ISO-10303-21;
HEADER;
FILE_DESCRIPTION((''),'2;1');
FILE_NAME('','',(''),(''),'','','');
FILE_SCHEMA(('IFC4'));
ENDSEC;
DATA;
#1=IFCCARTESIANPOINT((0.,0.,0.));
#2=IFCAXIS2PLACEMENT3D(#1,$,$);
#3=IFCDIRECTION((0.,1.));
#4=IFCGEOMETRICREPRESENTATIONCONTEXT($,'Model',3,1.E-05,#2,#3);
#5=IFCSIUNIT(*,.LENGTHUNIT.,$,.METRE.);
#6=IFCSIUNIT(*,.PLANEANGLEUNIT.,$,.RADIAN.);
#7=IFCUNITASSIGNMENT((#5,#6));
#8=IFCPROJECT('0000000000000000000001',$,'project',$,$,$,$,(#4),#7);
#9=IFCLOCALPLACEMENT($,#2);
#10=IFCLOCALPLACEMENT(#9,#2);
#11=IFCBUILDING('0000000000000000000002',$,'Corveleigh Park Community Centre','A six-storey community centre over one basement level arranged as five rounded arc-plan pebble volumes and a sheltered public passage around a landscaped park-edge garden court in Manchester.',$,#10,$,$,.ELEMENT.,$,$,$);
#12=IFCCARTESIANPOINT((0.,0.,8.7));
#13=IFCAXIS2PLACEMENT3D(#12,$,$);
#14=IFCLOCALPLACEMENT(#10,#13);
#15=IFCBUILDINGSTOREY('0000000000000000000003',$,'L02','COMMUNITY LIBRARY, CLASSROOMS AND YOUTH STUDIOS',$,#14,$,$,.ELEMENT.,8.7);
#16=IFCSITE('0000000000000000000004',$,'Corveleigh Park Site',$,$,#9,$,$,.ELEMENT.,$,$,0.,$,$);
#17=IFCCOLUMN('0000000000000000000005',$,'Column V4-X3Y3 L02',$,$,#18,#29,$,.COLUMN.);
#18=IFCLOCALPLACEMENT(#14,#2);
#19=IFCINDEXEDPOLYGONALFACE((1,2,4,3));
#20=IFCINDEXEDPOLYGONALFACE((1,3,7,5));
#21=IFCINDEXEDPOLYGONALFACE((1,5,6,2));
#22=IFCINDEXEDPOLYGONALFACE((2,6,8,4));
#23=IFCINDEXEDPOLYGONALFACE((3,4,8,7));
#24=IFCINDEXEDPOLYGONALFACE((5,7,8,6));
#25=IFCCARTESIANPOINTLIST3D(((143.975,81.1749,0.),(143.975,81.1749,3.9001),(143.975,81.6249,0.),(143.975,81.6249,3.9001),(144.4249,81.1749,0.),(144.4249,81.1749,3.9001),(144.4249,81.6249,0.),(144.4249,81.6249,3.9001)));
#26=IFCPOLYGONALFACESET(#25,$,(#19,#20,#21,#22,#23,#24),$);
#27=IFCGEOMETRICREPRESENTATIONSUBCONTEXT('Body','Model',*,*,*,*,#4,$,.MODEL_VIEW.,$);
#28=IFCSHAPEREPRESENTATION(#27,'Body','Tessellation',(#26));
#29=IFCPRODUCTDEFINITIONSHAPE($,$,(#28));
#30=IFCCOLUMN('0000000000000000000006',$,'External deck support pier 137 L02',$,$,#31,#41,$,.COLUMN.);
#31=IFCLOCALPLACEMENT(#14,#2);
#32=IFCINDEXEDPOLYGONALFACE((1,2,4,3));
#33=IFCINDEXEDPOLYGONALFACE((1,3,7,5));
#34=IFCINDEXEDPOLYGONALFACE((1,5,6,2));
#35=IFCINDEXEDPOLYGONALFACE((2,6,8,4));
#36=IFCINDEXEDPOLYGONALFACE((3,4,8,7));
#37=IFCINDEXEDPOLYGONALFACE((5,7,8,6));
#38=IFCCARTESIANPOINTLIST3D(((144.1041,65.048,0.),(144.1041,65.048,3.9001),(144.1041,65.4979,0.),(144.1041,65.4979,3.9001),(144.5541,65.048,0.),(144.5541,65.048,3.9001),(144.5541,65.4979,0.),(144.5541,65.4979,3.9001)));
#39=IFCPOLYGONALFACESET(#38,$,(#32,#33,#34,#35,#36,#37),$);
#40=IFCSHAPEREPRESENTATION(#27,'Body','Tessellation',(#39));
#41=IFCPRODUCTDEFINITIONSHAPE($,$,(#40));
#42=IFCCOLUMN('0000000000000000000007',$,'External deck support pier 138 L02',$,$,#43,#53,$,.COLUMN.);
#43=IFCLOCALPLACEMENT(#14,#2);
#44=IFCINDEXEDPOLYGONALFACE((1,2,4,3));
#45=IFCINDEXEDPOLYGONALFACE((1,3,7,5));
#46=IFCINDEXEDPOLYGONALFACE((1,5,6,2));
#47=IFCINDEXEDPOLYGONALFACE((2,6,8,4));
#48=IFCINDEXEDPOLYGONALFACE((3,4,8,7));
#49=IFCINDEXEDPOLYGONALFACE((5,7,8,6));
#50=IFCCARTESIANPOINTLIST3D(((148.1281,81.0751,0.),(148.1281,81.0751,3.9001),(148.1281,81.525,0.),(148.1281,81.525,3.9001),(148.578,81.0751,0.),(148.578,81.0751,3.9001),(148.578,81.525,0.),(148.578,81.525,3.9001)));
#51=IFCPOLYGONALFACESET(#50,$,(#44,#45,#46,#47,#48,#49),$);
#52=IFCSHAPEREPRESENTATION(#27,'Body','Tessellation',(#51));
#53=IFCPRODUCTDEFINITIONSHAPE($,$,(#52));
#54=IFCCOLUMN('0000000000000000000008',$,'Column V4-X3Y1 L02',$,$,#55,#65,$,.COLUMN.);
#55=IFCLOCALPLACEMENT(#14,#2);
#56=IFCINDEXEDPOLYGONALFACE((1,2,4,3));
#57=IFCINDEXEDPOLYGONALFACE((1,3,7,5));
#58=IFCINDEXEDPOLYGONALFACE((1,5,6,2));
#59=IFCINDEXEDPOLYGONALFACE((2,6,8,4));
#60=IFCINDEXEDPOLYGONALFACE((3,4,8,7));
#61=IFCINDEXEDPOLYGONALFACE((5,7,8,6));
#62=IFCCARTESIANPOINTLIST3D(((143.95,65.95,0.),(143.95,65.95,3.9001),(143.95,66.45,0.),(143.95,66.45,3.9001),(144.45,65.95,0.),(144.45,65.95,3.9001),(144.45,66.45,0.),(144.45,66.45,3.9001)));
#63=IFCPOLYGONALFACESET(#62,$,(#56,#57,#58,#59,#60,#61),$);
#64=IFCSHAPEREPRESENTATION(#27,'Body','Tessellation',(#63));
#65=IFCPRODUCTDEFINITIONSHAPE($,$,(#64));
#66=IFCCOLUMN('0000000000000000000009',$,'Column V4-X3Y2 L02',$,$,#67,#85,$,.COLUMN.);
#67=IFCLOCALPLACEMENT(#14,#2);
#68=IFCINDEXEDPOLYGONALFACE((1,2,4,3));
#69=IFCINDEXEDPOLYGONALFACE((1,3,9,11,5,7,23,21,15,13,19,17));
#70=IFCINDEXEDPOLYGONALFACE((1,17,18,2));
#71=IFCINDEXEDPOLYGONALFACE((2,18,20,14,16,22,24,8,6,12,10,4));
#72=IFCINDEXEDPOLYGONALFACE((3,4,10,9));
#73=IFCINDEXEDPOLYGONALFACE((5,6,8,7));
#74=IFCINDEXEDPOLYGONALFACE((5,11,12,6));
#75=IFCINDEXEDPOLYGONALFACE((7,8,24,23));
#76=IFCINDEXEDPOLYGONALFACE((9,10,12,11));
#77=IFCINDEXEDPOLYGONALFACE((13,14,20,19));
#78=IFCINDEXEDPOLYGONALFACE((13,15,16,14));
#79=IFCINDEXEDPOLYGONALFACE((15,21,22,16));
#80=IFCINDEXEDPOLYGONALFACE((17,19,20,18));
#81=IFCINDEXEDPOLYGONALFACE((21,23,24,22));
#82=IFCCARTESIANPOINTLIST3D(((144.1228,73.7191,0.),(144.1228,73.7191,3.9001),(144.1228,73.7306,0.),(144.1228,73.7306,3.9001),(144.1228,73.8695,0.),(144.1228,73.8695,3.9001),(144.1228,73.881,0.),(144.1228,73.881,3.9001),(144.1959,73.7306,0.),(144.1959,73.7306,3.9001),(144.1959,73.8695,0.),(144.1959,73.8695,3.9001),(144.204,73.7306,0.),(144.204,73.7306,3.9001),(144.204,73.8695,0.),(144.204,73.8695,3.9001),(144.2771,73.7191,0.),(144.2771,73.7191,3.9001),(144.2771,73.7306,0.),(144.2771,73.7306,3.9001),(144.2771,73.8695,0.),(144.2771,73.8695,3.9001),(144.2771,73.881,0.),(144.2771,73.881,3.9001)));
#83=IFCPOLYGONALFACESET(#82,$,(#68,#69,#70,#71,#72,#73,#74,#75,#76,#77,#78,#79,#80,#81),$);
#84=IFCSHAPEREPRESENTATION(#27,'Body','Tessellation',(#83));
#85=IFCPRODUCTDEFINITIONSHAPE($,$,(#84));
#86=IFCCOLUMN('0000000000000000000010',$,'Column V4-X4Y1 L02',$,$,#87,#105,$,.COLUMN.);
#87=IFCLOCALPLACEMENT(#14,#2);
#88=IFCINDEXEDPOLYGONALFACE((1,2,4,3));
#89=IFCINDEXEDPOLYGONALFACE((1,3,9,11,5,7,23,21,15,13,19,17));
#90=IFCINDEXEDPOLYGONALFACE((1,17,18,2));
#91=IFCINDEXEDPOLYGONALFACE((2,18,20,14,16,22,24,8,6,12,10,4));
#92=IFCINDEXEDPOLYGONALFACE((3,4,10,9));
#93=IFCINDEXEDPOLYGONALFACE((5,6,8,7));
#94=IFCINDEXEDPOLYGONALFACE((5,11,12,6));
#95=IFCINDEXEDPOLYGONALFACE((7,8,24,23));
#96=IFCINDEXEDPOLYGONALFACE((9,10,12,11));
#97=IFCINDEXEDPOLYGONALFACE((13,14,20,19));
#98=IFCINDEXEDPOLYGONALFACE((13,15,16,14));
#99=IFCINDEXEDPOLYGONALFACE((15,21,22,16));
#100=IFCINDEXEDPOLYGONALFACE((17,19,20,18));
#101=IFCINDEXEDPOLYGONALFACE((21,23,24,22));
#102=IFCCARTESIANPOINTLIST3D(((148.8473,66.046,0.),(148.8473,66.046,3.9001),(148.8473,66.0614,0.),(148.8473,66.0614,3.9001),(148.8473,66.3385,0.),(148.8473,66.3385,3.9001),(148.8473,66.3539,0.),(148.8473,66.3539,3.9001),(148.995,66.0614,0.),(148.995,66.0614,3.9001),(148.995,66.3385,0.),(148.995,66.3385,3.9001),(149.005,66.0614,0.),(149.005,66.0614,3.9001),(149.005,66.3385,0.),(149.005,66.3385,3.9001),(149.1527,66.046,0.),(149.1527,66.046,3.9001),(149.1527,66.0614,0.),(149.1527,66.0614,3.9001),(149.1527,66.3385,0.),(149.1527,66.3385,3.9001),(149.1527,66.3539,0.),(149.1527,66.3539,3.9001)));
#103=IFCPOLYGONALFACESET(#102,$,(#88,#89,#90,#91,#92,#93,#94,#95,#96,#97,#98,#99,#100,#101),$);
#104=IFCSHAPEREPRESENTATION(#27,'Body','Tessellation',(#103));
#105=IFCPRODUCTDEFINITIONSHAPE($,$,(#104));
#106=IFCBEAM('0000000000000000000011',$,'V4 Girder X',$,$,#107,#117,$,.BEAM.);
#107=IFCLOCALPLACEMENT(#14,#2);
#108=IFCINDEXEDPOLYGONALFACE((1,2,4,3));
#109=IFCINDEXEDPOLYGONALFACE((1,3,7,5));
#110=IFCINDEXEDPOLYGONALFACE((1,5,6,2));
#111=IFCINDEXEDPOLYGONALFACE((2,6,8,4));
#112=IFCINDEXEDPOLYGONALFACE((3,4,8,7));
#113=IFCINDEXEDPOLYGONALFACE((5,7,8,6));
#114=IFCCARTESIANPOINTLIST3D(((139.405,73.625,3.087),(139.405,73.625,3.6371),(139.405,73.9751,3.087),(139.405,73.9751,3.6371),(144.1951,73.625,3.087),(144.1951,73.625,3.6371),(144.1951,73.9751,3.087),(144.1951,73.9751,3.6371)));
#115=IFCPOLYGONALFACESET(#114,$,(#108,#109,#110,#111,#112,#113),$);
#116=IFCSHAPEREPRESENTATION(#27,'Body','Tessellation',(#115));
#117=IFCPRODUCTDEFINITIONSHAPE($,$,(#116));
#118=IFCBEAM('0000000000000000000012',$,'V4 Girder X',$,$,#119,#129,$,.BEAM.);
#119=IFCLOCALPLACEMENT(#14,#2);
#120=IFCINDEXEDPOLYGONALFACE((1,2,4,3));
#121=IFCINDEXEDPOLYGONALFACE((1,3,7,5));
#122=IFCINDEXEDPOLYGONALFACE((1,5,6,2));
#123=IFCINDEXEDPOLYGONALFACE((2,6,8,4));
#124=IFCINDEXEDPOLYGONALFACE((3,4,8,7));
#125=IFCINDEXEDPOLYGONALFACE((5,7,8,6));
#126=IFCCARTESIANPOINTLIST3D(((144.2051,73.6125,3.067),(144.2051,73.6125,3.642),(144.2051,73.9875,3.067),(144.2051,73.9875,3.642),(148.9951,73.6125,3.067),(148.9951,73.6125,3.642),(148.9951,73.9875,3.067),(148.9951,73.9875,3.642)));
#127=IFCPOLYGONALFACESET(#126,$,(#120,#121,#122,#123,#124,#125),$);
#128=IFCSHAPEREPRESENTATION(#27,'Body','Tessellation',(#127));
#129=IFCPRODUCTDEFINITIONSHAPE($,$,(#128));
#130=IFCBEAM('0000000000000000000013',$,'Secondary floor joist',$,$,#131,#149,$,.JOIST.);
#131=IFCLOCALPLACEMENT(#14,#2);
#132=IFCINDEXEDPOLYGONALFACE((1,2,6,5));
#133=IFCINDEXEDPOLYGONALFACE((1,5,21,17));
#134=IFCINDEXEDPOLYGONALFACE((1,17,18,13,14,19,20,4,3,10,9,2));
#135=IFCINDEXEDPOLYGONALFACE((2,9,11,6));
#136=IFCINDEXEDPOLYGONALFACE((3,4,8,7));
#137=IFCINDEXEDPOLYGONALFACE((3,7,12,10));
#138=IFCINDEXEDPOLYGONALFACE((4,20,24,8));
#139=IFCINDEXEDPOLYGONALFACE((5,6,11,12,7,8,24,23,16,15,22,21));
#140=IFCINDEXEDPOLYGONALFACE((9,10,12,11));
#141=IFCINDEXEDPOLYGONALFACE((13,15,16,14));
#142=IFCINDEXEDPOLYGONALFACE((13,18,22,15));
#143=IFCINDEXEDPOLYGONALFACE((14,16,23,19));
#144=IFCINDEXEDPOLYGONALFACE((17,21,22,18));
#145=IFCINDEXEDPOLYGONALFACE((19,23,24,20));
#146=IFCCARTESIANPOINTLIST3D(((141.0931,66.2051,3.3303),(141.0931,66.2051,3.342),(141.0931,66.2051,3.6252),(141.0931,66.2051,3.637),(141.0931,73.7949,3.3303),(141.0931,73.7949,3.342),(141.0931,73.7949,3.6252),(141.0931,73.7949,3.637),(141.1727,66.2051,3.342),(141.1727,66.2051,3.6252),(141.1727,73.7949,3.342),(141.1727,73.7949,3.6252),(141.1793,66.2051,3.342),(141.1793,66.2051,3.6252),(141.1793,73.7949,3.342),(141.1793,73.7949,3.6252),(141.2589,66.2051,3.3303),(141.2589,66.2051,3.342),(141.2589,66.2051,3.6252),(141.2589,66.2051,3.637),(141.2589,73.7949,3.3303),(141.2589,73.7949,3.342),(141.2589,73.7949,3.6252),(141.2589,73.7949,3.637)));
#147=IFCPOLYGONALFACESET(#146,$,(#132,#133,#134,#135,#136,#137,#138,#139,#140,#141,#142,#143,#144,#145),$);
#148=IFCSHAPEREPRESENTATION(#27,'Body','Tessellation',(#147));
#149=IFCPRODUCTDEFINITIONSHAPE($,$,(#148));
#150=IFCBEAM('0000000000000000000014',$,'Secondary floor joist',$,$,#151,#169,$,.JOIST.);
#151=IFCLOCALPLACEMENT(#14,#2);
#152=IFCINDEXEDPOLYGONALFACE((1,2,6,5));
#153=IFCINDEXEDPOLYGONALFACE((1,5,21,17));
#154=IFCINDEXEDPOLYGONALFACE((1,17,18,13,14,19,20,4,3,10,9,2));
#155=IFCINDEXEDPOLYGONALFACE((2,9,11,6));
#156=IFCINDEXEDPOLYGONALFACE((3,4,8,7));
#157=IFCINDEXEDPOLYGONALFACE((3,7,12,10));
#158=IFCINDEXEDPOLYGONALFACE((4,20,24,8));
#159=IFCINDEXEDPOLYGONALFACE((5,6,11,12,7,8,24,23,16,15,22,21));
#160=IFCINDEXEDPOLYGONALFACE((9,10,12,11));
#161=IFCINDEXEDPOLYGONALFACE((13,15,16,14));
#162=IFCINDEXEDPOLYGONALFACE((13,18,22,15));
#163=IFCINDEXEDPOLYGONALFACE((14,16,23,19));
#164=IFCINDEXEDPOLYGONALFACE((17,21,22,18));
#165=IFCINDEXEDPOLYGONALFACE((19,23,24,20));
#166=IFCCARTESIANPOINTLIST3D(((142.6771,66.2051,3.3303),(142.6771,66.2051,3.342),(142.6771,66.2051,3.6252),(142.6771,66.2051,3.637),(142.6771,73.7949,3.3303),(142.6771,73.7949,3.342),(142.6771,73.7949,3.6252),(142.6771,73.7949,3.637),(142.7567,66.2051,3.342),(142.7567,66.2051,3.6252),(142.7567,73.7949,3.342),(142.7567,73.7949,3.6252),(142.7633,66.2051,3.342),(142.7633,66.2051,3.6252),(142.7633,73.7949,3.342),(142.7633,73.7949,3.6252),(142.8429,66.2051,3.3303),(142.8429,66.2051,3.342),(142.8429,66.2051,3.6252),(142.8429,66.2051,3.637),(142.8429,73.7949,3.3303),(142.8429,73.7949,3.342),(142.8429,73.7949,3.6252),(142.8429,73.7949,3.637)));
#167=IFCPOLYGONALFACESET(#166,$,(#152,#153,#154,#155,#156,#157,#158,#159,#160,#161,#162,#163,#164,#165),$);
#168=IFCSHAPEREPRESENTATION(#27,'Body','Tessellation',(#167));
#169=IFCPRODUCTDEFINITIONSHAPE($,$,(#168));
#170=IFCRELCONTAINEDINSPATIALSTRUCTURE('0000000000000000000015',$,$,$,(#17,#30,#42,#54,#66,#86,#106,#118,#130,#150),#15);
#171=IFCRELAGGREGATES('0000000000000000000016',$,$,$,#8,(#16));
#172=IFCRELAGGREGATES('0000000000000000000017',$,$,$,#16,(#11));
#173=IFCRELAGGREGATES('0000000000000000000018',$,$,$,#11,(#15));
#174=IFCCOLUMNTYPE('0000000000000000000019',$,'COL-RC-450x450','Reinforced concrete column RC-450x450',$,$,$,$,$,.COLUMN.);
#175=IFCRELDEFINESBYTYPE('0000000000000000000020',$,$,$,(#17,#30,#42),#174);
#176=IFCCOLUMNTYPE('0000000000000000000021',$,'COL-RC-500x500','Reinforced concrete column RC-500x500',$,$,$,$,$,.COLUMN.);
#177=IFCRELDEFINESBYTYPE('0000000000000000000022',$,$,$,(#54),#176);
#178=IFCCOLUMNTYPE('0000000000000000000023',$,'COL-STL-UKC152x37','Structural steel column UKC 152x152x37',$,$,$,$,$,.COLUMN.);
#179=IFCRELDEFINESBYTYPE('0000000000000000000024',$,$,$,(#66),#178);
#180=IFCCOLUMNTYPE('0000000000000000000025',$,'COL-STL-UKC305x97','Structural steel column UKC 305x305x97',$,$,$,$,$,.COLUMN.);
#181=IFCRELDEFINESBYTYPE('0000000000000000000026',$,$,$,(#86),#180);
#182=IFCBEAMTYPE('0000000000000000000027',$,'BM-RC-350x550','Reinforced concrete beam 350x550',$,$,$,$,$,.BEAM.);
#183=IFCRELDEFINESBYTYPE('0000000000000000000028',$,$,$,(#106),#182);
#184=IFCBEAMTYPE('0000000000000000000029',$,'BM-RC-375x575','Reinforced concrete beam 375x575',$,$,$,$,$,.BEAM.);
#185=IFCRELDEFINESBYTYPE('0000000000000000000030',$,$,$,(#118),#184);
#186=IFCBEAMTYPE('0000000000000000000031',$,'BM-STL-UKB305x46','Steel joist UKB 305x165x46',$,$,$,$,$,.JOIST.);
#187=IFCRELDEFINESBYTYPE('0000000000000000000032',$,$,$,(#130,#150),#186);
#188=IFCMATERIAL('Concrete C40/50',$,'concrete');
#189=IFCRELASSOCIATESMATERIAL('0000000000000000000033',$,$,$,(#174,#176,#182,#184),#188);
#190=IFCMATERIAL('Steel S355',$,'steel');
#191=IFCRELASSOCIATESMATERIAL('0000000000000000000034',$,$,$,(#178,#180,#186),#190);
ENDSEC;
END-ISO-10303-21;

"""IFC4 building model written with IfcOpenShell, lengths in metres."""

from ifc_helpers import new_model, si_unit, direction, frame, origin, origin_2d, place, context, subcontext, project, spatial, rectangle, i_section, extrude, material, material_profile, profile_set, type_object, element, save


model = new_model("IFC4")

# Units and contexts
model_context = context("Model", 3, precision=1e-05, world=origin(), true_north=direction((0.0, 1.0)))
body_context = subcontext(model_context, "Body", "Model", "MODEL_VIEW")
ifc_project = project(units=[si_unit("LENGTHUNIT", "METRE"), si_unit("PLANEANGLEUNIT", "RADIAN")], contexts=[model_context])

# Site, building, storey
site_placement = place(None, origin())
site = spatial("IfcSite", under=ifc_project, at=site_placement, Name="Corveleigh Park Site", CompositionType="ELEMENT", RefElevation=0.0)
building_placement = place(site_placement, origin())
building = spatial("IfcBuilding", under=site, at=building_placement, Name="Corveleigh Park Community Centre", Description="A six-storey community centre over one basement level arranged as five rounded arc-plan pebble volumes and a sheltered public passage around a landscaped park-edge garden court in Manchester.", CompositionType="ELEMENT")
storey_placement = place(building_placement, frame((0.0, 0.0, 8.7)))
storey = spatial("IfcBuildingStorey", under=building, at=storey_placement, Name="L02", Description="COMMUNITY LIBRARY, CLASSROOMS AND YOUTH STUDIOS", CompositionType="ELEMENT", Elevation=8.7)

# Columns
ifc_material_1 = material(Name="Concrete C40/50", Category="concrete")
ifc_material_profile_1 = material_profile(ifc_material_1, rectangle(XDim=0.45, YDim=0.45, at=origin_2d()), Name="RC-450x450", Category="concrete")
ifc_profile_set_1 = profile_set([ifc_material_profile_1], Name="Concrete C40/50")
column_type_1 = type_object("IfcColumnType", Name="COL-RC-450x450", Description="Reinforced concrete column RC-450x450", PredefinedType="COLUMN", material=ifc_profile_set_1)
for number, where, z_axis, x_axis, name in (
    (1, (144.2, 81.3999, 0.0), (0.0, 0.0, 1.0), (1.0, 0.0, 0.0), "Column V4-X3Y3 L02"),
    (2, (144.3291, 65.2729, 0.0), (0.0, 0.0, 1.0), (1.0, 0.0, 0.0), "External deck support pier 137 L02"),
    (3, (148.353, 81.3, 0.0), (0.0, 0.0, 1.0), (1.0, 0.0, 0.0), "External deck support pier 138 L02"),
):
    element("IfcColumn", number, at=place(storey_placement, frame(where, z_axis=z_axis, x_axis=x_axis)), inside=storey, type_object=column_type_1, Name=name, PredefinedType="COLUMN", context=body_context, shape_type="SweptSolid", body=[
        extrude(rectangle(XDim=0.45, YDim=0.45, at=origin_2d()), origin(), (0.0, 0.0, 1.0), 3.9001),
    ])
ifc_material_profile_2 = material_profile(ifc_material_1, rectangle(XDim=0.5, YDim=0.5, at=origin_2d()), Name="RC-500x500", Category="concrete")
ifc_profile_set_2 = profile_set([ifc_material_profile_2], Name="Concrete C40/50")
column_type_2 = type_object("IfcColumnType", Name="COL-RC-500x500", Description="Reinforced concrete column RC-500x500", PredefinedType="COLUMN", material=ifc_profile_set_2)
column_1_placement = place(storey_placement, frame((144.2, 66.2, 0.0), z_axis=(0.0, 0.0, 1.0), x_axis=(1.0, 0.0, 0.0)))
element("IfcColumn", 4, at=column_1_placement, inside=storey, type_object=column_type_2, Name="Column V4-X3Y1 L02", PredefinedType="COLUMN", context=body_context, shape_type="SweptSolid", body=[
    extrude(rectangle(XDim=0.5, YDim=0.5, at=origin_2d()), origin(), (0.0, 0.0, 1.0), 3.9001),
])
ifc_material_2 = material(Name="Steel S355", Category="steel")
ifc_material_profile_3 = material_profile(ifc_material_2, i_section(OverallWidth=0.1543, OverallDepth=0.1619, WebThickness=0.0081, FlangeThickness=0.0115, at=origin_2d()), Name="UKC 152x152x37", Category="steel")
ifc_profile_set_3 = profile_set([ifc_material_profile_3], Name="Steel S355")
column_type_3 = type_object("IfcColumnType", Name="COL-STL-UKC152x37", Description="Structural steel column UKC 152x152x37", PredefinedType="COLUMN", material=ifc_profile_set_3)
column_2_placement = place(storey_placement, frame((144.2, 73.8, 0.0), z_axis=(0.0, 0.0, 1.0), x_axis=(1.0, 0.0, 0.0)))
element("IfcColumn", 5, at=column_2_placement, inside=storey, type_object=column_type_3, Name="Column V4-X3Y2 L02", PredefinedType="COLUMN", context=body_context, shape_type="SweptSolid", body=[
    extrude(i_section(OverallWidth=0.1543, OverallDepth=0.1619, WebThickness=0.0081, FlangeThickness=0.0115, at=origin_2d()), origin(), (0.0, 0.0, 1.0), 3.9001),
])
ifc_material_profile_4 = material_profile(ifc_material_2, i_section(OverallWidth=0.3054, OverallDepth=0.3079, WebThickness=0.01, FlangeThickness=0.0154, at=origin_2d()), Name="UKC 305x305x97", Category="steel")
ifc_profile_set_4 = profile_set([ifc_material_profile_4], Name="Steel S355")
column_type_4 = type_object("IfcColumnType", Name="COL-STL-UKC305x97", Description="Structural steel column UKC 305x305x97", PredefinedType="COLUMN", material=ifc_profile_set_4)
column_3_placement = place(storey_placement, frame((149.0, 66.2, 0.0), z_axis=(0.0, 0.0, 1.0), x_axis=(1.0, 0.0, 0.0)))
element("IfcColumn", 6, at=column_3_placement, inside=storey, type_object=column_type_4, Name="Column V4-X4Y1 L02", PredefinedType="COLUMN", context=body_context, shape_type="SweptSolid", body=[
    extrude(i_section(OverallWidth=0.3054, OverallDepth=0.3079, WebThickness=0.01, FlangeThickness=0.0154, at=origin_2d()), origin(), (0.0, 0.0, 1.0), 3.9001),
])

# Beams
ifc_material_profile_5 = material_profile(ifc_material_1, rectangle(XDim=0.3501, YDim=0.55, at=origin_2d()), Name="RC-350x550", Category="concrete")
ifc_profile_set_5 = profile_set([ifc_material_profile_5], Name="Concrete C40/50")
beam_type_1 = type_object("IfcBeamType", Name="BM-RC-350x550", Description="Reinforced concrete beam 350x550", PredefinedType="BEAM", material=ifc_profile_set_5)
beam_1_placement = place(storey_placement, frame((139.405, 73.8, 3.3621), z_axis=(1.0, 0.0, 0.0), x_axis=(0.0, 1.0, 0.0)))
element("IfcBeam", 7, at=beam_1_placement, inside=storey, type_object=beam_type_1, Name="V4 Girder X", PredefinedType="BEAM", context=body_context, shape_type="SweptSolid", body=[
    extrude(rectangle(XDim=0.3501, YDim=0.55, at=origin_2d()), origin(), (0.0, 0.0, 1.0), 4.79),
])
ifc_material_profile_6 = material_profile(ifc_material_1, rectangle(XDim=0.375, YDim=0.575, at=origin_2d()), Name="RC-375x575", Category="concrete")
ifc_profile_set_6 = profile_set([ifc_material_profile_6], Name="Concrete C40/50")
beam_type_2 = type_object("IfcBeamType", Name="BM-RC-375x575", Description="Reinforced concrete beam 375x575", PredefinedType="BEAM", material=ifc_profile_set_6)
beam_2_placement = place(storey_placement, frame((144.2051, 73.8, 3.3545), z_axis=(1.0, 0.0, 0.0), x_axis=(0.0, 1.0, 0.0)))
element("IfcBeam", 8, at=beam_2_placement, inside=storey, type_object=beam_type_2, Name="V4 Girder X", PredefinedType="BEAM", context=body_context, shape_type="SweptSolid", body=[
    extrude(rectangle(XDim=0.375, YDim=0.575, at=origin_2d()), origin(), (0.0, 0.0, 1.0), 4.79),
])
ifc_material_profile_7 = material_profile(ifc_material_2, i_section(OverallWidth=0.1658, OverallDepth=0.3066, WebThickness=0.0066, FlangeThickness=0.0117, at=origin_2d()), Name="UKB 305x165x46", Category="steel")
ifc_profile_set_7 = profile_set([ifc_material_profile_7], Name="Steel S355")
beam_type_3 = type_object("IfcBeamType", Name="BM-STL-UKB305x46", Description="Steel joist UKB 305x165x46", PredefinedType="JOIST", material=ifc_profile_set_7)
for number, where, z_axis, x_axis, name in (
    (9, (141.176, 66.2051, 3.4836), (0.0, 1.0, 0.0), (-1.0, 0.0, 0.0), "Secondary floor joist"),
    (10, (142.76, 66.2051, 3.4836), (0.0, 1.0, 0.0), (-1.0, 0.0, 0.0), "Secondary floor joist"),
):
    element("IfcBeam", number, at=place(storey_placement, frame(where, z_axis=z_axis, x_axis=x_axis)), inside=storey, type_object=beam_type_3, Name=name, PredefinedType="JOIST", context=body_context, shape_type="SweptSolid", body=[
        extrude(i_section(OverallWidth=0.1658, OverallDepth=0.3066, WebThickness=0.0066, FlangeThickness=0.0117, at=origin_2d()), origin(), (0.0, 0.0, 1.0), 7.5898),
    ])

save(model, "model.ifc")
